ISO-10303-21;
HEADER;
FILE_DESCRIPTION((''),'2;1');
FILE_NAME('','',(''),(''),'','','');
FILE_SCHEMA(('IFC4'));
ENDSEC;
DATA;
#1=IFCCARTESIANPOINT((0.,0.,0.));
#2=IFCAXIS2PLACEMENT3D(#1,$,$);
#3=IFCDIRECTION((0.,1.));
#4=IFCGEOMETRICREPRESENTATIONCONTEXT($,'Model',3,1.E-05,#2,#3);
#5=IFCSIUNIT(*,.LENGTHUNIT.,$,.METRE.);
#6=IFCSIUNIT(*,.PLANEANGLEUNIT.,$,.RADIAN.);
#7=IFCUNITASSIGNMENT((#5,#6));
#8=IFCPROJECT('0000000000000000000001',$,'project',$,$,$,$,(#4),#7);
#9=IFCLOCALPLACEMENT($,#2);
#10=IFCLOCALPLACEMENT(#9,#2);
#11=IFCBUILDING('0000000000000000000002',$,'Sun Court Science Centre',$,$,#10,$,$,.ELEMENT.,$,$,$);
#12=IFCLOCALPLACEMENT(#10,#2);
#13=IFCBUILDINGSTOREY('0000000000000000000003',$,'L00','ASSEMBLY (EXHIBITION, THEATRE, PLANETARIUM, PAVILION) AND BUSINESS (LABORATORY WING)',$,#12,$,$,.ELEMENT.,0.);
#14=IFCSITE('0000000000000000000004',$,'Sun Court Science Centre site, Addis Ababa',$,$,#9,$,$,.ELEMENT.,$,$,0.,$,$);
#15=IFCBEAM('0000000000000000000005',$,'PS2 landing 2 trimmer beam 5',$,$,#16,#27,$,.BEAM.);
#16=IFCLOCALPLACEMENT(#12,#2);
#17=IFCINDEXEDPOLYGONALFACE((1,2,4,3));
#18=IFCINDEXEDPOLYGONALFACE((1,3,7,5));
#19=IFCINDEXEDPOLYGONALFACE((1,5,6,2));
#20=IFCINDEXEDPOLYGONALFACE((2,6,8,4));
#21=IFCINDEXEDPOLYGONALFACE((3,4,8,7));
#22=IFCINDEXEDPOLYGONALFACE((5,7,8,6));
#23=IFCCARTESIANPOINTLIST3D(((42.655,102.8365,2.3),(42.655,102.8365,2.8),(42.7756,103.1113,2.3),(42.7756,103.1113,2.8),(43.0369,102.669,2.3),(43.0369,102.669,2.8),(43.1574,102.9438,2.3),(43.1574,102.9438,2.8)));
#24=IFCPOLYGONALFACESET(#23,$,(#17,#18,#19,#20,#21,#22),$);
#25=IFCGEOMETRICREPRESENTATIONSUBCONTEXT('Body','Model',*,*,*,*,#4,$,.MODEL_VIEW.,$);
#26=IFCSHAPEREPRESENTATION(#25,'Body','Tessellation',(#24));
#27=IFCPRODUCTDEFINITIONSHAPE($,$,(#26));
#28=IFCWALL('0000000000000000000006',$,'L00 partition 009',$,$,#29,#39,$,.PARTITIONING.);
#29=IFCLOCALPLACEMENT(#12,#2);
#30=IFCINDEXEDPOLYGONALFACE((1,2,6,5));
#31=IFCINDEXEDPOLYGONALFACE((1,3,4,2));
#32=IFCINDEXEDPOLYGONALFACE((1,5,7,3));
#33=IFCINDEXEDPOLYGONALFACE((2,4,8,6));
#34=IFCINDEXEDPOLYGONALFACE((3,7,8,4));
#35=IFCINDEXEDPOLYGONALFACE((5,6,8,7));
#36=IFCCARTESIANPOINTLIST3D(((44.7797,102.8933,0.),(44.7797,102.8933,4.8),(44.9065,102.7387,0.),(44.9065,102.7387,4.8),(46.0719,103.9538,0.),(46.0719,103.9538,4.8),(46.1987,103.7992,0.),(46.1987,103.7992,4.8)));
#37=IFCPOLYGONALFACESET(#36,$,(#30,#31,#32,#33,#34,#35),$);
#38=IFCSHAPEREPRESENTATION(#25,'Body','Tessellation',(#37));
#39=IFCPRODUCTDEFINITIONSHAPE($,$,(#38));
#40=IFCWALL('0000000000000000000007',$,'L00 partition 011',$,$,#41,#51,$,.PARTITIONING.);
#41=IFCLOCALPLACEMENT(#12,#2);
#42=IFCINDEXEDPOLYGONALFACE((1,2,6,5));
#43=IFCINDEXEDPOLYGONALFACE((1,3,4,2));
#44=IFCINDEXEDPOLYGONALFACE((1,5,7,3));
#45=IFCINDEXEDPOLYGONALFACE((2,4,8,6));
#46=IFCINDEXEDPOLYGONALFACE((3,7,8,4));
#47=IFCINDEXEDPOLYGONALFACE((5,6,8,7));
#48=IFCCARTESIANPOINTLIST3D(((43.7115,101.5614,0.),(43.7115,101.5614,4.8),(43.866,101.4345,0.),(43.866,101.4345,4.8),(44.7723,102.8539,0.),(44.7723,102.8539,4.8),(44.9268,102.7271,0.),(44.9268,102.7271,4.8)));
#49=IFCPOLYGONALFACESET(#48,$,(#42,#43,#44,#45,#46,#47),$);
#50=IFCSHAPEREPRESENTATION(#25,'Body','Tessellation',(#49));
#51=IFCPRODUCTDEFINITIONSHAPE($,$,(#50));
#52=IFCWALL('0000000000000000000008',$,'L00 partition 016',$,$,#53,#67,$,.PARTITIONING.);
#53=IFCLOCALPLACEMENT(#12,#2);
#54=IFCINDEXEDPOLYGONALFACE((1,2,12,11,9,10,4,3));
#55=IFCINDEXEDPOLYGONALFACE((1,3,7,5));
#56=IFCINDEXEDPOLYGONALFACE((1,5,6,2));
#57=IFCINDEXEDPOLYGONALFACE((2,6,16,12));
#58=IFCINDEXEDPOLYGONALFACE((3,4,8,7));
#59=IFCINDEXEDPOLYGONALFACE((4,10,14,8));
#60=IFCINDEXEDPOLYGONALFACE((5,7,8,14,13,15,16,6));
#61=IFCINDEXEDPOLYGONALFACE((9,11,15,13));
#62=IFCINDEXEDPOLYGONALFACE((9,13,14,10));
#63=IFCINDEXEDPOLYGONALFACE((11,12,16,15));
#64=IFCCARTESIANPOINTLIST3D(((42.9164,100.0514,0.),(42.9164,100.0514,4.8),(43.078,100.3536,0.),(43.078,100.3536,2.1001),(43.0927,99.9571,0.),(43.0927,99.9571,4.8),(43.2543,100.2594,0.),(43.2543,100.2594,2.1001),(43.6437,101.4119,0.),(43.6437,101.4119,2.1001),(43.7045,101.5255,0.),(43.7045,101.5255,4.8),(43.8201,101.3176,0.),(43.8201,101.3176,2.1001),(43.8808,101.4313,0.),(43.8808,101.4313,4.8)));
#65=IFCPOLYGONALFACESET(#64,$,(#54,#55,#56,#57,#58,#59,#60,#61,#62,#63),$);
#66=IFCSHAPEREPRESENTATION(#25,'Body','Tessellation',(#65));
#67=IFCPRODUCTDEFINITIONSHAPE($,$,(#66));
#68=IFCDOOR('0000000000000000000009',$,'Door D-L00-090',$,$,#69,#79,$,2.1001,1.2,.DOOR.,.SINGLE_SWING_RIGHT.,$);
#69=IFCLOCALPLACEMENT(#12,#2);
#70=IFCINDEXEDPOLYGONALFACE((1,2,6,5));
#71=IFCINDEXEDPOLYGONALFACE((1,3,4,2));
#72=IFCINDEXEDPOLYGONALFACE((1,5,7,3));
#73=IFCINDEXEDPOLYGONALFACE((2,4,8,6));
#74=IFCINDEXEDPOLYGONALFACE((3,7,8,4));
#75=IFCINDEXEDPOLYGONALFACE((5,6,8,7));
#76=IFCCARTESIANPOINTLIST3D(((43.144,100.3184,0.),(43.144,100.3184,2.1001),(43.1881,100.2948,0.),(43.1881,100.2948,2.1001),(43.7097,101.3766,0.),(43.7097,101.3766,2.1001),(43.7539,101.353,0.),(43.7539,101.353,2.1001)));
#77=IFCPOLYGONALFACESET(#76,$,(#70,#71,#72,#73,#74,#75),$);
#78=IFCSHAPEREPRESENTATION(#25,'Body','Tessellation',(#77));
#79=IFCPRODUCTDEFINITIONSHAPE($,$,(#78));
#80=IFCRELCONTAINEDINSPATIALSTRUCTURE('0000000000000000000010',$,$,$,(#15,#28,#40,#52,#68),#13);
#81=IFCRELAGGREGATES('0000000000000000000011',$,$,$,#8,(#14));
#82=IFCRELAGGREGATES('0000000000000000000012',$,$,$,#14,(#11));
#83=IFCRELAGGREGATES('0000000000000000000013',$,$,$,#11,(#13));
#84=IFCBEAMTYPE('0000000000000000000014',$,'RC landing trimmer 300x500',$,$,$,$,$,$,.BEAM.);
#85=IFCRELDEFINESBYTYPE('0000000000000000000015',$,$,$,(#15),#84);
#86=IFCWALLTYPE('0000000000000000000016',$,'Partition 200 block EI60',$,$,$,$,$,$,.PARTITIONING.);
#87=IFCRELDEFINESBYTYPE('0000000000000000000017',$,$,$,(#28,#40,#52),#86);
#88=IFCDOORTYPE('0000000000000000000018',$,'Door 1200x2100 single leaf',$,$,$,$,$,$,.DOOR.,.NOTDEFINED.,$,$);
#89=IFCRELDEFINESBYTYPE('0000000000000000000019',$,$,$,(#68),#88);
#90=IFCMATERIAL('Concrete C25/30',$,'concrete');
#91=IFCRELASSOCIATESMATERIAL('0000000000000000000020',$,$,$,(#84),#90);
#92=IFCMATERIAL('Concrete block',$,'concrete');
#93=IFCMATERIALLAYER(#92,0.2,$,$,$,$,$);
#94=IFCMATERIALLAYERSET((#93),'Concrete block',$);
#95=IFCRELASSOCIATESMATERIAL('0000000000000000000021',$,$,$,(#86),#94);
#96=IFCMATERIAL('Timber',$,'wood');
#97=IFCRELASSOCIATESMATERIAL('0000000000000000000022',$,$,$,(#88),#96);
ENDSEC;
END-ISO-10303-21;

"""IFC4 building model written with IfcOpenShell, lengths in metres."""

from ifc_helpers import new_model, si_unit, direction, frame, frame_2d, origin, origin_2d, place, context, subcontext, project, spatial, rectangle, extrude, material, layer, layer_set, material_profile, profile_set, type_object, element, fill, save


model = new_model("IFC4")

# Units and contexts
model_context = context("Model", 3, precision=1e-05, world=origin(), true_north=direction((0.0, 1.0)))
body_context = subcontext(model_context, "Body", "Model", "MODEL_VIEW")
ifc_project = project(units=[si_unit("LENGTHUNIT", "METRE"), si_unit("PLANEANGLEUNIT", "RADIAN")], contexts=[model_context])

# Site, building, storey
site_placement = place(None, origin())
site = spatial("IfcSite", under=ifc_project, at=site_placement, Name="Sun Court Science Centre site, Addis Ababa", CompositionType="ELEMENT", RefElevation=0.0)
building_placement = place(site_placement, origin())
building = spatial("IfcBuilding", under=site, at=building_placement, Name="Sun Court Science Centre", CompositionType="ELEMENT")
storey_placement = place(building_placement, origin())
storey = spatial("IfcBuildingStorey", under=building, at=storey_placement, Name="L00", Description="ASSEMBLY (EXHIBITION, THEATRE, PLANETARIUM, PAVILION) AND BUSINESS (LABORATORY WING)", CompositionType="ELEMENT", Elevation=0.0)

# Beam
ifc_material_1 = material(Name="Concrete C25/30", Category="concrete")
ifc_material_profile = material_profile(ifc_material_1, rectangle(XDim=0.3, YDim=0.5, at=origin_2d()), Name="RC 300x500")
ifc_profile_set = profile_set([ifc_material_profile], Name="Concrete C25/30")
beam_type = type_object("IfcBeamType", Name="RC landing trimmer 300x500", PredefinedType="BEAM", material=ifc_profile_set)
beam_placement = place(storey_placement, frame((43.0972, 102.8064, 2.55), z_axis=(-0.915781, 0.401679, 0.0), x_axis=(-0.401679, -0.915781, 0.0)))
element("IfcBeam", 1, at=beam_placement, inside=storey, type_object=beam_type, Name="PS2 landing 2 trimmer beam 5", PredefinedType="BEAM", context=body_context, shape_type="SweptSolid", body=[
    extrude(rectangle(XDim=0.3, YDim=0.5, at=origin_2d()), origin(), (0.0, 0.0, 1.0), 0.417),
])

# Walls
ifc_material_2 = material(Name="Concrete block", Category="concrete")
ifc_layer = layer(ifc_material_2, 0.2)
ifc_layer_set = layer_set([ifc_layer], Name="Concrete block")
wall_type = type_object("IfcWallType", Name="Partition 200 block EI60", PredefinedType="PARTITIONING", material=ifc_layer_set)
wall_1_placement = place(storey_placement, frame((44.843, 102.8159, 0.0), z_axis=(0.0, 0.0, 1.0), x_axis=(0.773, 0.634406, 0.0)))
element("IfcWall", 2, at=wall_1_placement, inside=storey, type_object=wall_type, Name="L00 partition 009", PredefinedType="PARTITIONING", context=body_context, shape_type="SweptSolid", body=[
    extrude(rectangle(XDim=1.6716, YDim=0.2, at=frame_2d((0.8359, 0.0))), origin(), (0.0, 0.0, 1.0), 4.8),
])
wall_2_placement = place(storey_placement, frame((43.7888, 101.498, 0.0), z_axis=(0.0, 0.0, 1.0), x_axis=(0.634422, 0.772987, 0.0)))
element("IfcWall", 3, at=wall_2_placement, inside=storey, type_object=wall_type, Name="L00 partition 011", PredefinedType="PARTITIONING", context=body_context, shape_type="SweptSolid", body=[
    extrude(rectangle(XDim=1.6721, YDim=0.2, at=frame_2d((0.8359, 0.0))), origin(), (0.0, 0.0, 1.0), 4.8),
])

# Wall, opening, door
wall_3_placement = place(storey_placement, frame((43.7927, 101.4785, 0.0), z_axis=(0.0, 0.0, 1.0), x_axis=(-0.471467, -0.881884, 0.0)))
wall_3 = element("IfcWall", 4, at=wall_3_placement, inside=storey, type_object=wall_type, Name="L00 partition 016", PredefinedType="PARTITIONING", context=body_context, shape_type="SweptSolid", body=[
    extrude(rectangle(XDim=1.6716, YDim=0.2, at=frame_2d((0.8359, 0.0))), origin(), (0.0, 0.0, 1.0), 4.8),
])
opening_placement = place(wall_3_placement, frame((0.1289, 0.0, 0.0)))
opening = element("IfcOpeningElement", 5, at=opening_placement, cuts=wall_3, PredefinedType="OPENING", context=body_context, shape_type="SweptSolid", body=[
    extrude(rectangle(XDim=1.2, YDim=2.1001, at=frame_2d((0.6001, 1.05))), frame((0.0, 0.1099, 0.0), z_axis=(0.0, -1.0, 0.0), x_axis=(1.0, 0.0, 0.0)), (0.0, 0.0, 1.0), 0.22),
])
ifc_material_3 = material(Name="Timber", Category="wood")
door_type = type_object("IfcDoorType", Name="Door 1200x2100 single leaf", OperationType="NOTDEFINED", PredefinedType="DOOR", material=ifc_material_3)
door_placement = place(opening_placement, origin())
door = element("IfcDoor", 6, at=door_placement, inside=storey, type_object=door_type, Name="Door D-L00-090", OperationType="SINGLE_SWING_RIGHT", OverallHeight=2.1001, OverallWidth=1.2, PredefinedType="DOOR", context=body_context, shape_type="SweptSolid", body=[
    extrude(rectangle(XDim=1.2, YDim=2.1001, at=frame_2d((0.6001, 1.05))), frame((0.0, 0.0249, 0.0), z_axis=(0.0, -1.0, 0.0), x_axis=(1.0, 0.0, 0.0)), (0.0, 0.0, 1.0), 0.05),
])
fill(opening, door)

save(model, "model.ifc")
